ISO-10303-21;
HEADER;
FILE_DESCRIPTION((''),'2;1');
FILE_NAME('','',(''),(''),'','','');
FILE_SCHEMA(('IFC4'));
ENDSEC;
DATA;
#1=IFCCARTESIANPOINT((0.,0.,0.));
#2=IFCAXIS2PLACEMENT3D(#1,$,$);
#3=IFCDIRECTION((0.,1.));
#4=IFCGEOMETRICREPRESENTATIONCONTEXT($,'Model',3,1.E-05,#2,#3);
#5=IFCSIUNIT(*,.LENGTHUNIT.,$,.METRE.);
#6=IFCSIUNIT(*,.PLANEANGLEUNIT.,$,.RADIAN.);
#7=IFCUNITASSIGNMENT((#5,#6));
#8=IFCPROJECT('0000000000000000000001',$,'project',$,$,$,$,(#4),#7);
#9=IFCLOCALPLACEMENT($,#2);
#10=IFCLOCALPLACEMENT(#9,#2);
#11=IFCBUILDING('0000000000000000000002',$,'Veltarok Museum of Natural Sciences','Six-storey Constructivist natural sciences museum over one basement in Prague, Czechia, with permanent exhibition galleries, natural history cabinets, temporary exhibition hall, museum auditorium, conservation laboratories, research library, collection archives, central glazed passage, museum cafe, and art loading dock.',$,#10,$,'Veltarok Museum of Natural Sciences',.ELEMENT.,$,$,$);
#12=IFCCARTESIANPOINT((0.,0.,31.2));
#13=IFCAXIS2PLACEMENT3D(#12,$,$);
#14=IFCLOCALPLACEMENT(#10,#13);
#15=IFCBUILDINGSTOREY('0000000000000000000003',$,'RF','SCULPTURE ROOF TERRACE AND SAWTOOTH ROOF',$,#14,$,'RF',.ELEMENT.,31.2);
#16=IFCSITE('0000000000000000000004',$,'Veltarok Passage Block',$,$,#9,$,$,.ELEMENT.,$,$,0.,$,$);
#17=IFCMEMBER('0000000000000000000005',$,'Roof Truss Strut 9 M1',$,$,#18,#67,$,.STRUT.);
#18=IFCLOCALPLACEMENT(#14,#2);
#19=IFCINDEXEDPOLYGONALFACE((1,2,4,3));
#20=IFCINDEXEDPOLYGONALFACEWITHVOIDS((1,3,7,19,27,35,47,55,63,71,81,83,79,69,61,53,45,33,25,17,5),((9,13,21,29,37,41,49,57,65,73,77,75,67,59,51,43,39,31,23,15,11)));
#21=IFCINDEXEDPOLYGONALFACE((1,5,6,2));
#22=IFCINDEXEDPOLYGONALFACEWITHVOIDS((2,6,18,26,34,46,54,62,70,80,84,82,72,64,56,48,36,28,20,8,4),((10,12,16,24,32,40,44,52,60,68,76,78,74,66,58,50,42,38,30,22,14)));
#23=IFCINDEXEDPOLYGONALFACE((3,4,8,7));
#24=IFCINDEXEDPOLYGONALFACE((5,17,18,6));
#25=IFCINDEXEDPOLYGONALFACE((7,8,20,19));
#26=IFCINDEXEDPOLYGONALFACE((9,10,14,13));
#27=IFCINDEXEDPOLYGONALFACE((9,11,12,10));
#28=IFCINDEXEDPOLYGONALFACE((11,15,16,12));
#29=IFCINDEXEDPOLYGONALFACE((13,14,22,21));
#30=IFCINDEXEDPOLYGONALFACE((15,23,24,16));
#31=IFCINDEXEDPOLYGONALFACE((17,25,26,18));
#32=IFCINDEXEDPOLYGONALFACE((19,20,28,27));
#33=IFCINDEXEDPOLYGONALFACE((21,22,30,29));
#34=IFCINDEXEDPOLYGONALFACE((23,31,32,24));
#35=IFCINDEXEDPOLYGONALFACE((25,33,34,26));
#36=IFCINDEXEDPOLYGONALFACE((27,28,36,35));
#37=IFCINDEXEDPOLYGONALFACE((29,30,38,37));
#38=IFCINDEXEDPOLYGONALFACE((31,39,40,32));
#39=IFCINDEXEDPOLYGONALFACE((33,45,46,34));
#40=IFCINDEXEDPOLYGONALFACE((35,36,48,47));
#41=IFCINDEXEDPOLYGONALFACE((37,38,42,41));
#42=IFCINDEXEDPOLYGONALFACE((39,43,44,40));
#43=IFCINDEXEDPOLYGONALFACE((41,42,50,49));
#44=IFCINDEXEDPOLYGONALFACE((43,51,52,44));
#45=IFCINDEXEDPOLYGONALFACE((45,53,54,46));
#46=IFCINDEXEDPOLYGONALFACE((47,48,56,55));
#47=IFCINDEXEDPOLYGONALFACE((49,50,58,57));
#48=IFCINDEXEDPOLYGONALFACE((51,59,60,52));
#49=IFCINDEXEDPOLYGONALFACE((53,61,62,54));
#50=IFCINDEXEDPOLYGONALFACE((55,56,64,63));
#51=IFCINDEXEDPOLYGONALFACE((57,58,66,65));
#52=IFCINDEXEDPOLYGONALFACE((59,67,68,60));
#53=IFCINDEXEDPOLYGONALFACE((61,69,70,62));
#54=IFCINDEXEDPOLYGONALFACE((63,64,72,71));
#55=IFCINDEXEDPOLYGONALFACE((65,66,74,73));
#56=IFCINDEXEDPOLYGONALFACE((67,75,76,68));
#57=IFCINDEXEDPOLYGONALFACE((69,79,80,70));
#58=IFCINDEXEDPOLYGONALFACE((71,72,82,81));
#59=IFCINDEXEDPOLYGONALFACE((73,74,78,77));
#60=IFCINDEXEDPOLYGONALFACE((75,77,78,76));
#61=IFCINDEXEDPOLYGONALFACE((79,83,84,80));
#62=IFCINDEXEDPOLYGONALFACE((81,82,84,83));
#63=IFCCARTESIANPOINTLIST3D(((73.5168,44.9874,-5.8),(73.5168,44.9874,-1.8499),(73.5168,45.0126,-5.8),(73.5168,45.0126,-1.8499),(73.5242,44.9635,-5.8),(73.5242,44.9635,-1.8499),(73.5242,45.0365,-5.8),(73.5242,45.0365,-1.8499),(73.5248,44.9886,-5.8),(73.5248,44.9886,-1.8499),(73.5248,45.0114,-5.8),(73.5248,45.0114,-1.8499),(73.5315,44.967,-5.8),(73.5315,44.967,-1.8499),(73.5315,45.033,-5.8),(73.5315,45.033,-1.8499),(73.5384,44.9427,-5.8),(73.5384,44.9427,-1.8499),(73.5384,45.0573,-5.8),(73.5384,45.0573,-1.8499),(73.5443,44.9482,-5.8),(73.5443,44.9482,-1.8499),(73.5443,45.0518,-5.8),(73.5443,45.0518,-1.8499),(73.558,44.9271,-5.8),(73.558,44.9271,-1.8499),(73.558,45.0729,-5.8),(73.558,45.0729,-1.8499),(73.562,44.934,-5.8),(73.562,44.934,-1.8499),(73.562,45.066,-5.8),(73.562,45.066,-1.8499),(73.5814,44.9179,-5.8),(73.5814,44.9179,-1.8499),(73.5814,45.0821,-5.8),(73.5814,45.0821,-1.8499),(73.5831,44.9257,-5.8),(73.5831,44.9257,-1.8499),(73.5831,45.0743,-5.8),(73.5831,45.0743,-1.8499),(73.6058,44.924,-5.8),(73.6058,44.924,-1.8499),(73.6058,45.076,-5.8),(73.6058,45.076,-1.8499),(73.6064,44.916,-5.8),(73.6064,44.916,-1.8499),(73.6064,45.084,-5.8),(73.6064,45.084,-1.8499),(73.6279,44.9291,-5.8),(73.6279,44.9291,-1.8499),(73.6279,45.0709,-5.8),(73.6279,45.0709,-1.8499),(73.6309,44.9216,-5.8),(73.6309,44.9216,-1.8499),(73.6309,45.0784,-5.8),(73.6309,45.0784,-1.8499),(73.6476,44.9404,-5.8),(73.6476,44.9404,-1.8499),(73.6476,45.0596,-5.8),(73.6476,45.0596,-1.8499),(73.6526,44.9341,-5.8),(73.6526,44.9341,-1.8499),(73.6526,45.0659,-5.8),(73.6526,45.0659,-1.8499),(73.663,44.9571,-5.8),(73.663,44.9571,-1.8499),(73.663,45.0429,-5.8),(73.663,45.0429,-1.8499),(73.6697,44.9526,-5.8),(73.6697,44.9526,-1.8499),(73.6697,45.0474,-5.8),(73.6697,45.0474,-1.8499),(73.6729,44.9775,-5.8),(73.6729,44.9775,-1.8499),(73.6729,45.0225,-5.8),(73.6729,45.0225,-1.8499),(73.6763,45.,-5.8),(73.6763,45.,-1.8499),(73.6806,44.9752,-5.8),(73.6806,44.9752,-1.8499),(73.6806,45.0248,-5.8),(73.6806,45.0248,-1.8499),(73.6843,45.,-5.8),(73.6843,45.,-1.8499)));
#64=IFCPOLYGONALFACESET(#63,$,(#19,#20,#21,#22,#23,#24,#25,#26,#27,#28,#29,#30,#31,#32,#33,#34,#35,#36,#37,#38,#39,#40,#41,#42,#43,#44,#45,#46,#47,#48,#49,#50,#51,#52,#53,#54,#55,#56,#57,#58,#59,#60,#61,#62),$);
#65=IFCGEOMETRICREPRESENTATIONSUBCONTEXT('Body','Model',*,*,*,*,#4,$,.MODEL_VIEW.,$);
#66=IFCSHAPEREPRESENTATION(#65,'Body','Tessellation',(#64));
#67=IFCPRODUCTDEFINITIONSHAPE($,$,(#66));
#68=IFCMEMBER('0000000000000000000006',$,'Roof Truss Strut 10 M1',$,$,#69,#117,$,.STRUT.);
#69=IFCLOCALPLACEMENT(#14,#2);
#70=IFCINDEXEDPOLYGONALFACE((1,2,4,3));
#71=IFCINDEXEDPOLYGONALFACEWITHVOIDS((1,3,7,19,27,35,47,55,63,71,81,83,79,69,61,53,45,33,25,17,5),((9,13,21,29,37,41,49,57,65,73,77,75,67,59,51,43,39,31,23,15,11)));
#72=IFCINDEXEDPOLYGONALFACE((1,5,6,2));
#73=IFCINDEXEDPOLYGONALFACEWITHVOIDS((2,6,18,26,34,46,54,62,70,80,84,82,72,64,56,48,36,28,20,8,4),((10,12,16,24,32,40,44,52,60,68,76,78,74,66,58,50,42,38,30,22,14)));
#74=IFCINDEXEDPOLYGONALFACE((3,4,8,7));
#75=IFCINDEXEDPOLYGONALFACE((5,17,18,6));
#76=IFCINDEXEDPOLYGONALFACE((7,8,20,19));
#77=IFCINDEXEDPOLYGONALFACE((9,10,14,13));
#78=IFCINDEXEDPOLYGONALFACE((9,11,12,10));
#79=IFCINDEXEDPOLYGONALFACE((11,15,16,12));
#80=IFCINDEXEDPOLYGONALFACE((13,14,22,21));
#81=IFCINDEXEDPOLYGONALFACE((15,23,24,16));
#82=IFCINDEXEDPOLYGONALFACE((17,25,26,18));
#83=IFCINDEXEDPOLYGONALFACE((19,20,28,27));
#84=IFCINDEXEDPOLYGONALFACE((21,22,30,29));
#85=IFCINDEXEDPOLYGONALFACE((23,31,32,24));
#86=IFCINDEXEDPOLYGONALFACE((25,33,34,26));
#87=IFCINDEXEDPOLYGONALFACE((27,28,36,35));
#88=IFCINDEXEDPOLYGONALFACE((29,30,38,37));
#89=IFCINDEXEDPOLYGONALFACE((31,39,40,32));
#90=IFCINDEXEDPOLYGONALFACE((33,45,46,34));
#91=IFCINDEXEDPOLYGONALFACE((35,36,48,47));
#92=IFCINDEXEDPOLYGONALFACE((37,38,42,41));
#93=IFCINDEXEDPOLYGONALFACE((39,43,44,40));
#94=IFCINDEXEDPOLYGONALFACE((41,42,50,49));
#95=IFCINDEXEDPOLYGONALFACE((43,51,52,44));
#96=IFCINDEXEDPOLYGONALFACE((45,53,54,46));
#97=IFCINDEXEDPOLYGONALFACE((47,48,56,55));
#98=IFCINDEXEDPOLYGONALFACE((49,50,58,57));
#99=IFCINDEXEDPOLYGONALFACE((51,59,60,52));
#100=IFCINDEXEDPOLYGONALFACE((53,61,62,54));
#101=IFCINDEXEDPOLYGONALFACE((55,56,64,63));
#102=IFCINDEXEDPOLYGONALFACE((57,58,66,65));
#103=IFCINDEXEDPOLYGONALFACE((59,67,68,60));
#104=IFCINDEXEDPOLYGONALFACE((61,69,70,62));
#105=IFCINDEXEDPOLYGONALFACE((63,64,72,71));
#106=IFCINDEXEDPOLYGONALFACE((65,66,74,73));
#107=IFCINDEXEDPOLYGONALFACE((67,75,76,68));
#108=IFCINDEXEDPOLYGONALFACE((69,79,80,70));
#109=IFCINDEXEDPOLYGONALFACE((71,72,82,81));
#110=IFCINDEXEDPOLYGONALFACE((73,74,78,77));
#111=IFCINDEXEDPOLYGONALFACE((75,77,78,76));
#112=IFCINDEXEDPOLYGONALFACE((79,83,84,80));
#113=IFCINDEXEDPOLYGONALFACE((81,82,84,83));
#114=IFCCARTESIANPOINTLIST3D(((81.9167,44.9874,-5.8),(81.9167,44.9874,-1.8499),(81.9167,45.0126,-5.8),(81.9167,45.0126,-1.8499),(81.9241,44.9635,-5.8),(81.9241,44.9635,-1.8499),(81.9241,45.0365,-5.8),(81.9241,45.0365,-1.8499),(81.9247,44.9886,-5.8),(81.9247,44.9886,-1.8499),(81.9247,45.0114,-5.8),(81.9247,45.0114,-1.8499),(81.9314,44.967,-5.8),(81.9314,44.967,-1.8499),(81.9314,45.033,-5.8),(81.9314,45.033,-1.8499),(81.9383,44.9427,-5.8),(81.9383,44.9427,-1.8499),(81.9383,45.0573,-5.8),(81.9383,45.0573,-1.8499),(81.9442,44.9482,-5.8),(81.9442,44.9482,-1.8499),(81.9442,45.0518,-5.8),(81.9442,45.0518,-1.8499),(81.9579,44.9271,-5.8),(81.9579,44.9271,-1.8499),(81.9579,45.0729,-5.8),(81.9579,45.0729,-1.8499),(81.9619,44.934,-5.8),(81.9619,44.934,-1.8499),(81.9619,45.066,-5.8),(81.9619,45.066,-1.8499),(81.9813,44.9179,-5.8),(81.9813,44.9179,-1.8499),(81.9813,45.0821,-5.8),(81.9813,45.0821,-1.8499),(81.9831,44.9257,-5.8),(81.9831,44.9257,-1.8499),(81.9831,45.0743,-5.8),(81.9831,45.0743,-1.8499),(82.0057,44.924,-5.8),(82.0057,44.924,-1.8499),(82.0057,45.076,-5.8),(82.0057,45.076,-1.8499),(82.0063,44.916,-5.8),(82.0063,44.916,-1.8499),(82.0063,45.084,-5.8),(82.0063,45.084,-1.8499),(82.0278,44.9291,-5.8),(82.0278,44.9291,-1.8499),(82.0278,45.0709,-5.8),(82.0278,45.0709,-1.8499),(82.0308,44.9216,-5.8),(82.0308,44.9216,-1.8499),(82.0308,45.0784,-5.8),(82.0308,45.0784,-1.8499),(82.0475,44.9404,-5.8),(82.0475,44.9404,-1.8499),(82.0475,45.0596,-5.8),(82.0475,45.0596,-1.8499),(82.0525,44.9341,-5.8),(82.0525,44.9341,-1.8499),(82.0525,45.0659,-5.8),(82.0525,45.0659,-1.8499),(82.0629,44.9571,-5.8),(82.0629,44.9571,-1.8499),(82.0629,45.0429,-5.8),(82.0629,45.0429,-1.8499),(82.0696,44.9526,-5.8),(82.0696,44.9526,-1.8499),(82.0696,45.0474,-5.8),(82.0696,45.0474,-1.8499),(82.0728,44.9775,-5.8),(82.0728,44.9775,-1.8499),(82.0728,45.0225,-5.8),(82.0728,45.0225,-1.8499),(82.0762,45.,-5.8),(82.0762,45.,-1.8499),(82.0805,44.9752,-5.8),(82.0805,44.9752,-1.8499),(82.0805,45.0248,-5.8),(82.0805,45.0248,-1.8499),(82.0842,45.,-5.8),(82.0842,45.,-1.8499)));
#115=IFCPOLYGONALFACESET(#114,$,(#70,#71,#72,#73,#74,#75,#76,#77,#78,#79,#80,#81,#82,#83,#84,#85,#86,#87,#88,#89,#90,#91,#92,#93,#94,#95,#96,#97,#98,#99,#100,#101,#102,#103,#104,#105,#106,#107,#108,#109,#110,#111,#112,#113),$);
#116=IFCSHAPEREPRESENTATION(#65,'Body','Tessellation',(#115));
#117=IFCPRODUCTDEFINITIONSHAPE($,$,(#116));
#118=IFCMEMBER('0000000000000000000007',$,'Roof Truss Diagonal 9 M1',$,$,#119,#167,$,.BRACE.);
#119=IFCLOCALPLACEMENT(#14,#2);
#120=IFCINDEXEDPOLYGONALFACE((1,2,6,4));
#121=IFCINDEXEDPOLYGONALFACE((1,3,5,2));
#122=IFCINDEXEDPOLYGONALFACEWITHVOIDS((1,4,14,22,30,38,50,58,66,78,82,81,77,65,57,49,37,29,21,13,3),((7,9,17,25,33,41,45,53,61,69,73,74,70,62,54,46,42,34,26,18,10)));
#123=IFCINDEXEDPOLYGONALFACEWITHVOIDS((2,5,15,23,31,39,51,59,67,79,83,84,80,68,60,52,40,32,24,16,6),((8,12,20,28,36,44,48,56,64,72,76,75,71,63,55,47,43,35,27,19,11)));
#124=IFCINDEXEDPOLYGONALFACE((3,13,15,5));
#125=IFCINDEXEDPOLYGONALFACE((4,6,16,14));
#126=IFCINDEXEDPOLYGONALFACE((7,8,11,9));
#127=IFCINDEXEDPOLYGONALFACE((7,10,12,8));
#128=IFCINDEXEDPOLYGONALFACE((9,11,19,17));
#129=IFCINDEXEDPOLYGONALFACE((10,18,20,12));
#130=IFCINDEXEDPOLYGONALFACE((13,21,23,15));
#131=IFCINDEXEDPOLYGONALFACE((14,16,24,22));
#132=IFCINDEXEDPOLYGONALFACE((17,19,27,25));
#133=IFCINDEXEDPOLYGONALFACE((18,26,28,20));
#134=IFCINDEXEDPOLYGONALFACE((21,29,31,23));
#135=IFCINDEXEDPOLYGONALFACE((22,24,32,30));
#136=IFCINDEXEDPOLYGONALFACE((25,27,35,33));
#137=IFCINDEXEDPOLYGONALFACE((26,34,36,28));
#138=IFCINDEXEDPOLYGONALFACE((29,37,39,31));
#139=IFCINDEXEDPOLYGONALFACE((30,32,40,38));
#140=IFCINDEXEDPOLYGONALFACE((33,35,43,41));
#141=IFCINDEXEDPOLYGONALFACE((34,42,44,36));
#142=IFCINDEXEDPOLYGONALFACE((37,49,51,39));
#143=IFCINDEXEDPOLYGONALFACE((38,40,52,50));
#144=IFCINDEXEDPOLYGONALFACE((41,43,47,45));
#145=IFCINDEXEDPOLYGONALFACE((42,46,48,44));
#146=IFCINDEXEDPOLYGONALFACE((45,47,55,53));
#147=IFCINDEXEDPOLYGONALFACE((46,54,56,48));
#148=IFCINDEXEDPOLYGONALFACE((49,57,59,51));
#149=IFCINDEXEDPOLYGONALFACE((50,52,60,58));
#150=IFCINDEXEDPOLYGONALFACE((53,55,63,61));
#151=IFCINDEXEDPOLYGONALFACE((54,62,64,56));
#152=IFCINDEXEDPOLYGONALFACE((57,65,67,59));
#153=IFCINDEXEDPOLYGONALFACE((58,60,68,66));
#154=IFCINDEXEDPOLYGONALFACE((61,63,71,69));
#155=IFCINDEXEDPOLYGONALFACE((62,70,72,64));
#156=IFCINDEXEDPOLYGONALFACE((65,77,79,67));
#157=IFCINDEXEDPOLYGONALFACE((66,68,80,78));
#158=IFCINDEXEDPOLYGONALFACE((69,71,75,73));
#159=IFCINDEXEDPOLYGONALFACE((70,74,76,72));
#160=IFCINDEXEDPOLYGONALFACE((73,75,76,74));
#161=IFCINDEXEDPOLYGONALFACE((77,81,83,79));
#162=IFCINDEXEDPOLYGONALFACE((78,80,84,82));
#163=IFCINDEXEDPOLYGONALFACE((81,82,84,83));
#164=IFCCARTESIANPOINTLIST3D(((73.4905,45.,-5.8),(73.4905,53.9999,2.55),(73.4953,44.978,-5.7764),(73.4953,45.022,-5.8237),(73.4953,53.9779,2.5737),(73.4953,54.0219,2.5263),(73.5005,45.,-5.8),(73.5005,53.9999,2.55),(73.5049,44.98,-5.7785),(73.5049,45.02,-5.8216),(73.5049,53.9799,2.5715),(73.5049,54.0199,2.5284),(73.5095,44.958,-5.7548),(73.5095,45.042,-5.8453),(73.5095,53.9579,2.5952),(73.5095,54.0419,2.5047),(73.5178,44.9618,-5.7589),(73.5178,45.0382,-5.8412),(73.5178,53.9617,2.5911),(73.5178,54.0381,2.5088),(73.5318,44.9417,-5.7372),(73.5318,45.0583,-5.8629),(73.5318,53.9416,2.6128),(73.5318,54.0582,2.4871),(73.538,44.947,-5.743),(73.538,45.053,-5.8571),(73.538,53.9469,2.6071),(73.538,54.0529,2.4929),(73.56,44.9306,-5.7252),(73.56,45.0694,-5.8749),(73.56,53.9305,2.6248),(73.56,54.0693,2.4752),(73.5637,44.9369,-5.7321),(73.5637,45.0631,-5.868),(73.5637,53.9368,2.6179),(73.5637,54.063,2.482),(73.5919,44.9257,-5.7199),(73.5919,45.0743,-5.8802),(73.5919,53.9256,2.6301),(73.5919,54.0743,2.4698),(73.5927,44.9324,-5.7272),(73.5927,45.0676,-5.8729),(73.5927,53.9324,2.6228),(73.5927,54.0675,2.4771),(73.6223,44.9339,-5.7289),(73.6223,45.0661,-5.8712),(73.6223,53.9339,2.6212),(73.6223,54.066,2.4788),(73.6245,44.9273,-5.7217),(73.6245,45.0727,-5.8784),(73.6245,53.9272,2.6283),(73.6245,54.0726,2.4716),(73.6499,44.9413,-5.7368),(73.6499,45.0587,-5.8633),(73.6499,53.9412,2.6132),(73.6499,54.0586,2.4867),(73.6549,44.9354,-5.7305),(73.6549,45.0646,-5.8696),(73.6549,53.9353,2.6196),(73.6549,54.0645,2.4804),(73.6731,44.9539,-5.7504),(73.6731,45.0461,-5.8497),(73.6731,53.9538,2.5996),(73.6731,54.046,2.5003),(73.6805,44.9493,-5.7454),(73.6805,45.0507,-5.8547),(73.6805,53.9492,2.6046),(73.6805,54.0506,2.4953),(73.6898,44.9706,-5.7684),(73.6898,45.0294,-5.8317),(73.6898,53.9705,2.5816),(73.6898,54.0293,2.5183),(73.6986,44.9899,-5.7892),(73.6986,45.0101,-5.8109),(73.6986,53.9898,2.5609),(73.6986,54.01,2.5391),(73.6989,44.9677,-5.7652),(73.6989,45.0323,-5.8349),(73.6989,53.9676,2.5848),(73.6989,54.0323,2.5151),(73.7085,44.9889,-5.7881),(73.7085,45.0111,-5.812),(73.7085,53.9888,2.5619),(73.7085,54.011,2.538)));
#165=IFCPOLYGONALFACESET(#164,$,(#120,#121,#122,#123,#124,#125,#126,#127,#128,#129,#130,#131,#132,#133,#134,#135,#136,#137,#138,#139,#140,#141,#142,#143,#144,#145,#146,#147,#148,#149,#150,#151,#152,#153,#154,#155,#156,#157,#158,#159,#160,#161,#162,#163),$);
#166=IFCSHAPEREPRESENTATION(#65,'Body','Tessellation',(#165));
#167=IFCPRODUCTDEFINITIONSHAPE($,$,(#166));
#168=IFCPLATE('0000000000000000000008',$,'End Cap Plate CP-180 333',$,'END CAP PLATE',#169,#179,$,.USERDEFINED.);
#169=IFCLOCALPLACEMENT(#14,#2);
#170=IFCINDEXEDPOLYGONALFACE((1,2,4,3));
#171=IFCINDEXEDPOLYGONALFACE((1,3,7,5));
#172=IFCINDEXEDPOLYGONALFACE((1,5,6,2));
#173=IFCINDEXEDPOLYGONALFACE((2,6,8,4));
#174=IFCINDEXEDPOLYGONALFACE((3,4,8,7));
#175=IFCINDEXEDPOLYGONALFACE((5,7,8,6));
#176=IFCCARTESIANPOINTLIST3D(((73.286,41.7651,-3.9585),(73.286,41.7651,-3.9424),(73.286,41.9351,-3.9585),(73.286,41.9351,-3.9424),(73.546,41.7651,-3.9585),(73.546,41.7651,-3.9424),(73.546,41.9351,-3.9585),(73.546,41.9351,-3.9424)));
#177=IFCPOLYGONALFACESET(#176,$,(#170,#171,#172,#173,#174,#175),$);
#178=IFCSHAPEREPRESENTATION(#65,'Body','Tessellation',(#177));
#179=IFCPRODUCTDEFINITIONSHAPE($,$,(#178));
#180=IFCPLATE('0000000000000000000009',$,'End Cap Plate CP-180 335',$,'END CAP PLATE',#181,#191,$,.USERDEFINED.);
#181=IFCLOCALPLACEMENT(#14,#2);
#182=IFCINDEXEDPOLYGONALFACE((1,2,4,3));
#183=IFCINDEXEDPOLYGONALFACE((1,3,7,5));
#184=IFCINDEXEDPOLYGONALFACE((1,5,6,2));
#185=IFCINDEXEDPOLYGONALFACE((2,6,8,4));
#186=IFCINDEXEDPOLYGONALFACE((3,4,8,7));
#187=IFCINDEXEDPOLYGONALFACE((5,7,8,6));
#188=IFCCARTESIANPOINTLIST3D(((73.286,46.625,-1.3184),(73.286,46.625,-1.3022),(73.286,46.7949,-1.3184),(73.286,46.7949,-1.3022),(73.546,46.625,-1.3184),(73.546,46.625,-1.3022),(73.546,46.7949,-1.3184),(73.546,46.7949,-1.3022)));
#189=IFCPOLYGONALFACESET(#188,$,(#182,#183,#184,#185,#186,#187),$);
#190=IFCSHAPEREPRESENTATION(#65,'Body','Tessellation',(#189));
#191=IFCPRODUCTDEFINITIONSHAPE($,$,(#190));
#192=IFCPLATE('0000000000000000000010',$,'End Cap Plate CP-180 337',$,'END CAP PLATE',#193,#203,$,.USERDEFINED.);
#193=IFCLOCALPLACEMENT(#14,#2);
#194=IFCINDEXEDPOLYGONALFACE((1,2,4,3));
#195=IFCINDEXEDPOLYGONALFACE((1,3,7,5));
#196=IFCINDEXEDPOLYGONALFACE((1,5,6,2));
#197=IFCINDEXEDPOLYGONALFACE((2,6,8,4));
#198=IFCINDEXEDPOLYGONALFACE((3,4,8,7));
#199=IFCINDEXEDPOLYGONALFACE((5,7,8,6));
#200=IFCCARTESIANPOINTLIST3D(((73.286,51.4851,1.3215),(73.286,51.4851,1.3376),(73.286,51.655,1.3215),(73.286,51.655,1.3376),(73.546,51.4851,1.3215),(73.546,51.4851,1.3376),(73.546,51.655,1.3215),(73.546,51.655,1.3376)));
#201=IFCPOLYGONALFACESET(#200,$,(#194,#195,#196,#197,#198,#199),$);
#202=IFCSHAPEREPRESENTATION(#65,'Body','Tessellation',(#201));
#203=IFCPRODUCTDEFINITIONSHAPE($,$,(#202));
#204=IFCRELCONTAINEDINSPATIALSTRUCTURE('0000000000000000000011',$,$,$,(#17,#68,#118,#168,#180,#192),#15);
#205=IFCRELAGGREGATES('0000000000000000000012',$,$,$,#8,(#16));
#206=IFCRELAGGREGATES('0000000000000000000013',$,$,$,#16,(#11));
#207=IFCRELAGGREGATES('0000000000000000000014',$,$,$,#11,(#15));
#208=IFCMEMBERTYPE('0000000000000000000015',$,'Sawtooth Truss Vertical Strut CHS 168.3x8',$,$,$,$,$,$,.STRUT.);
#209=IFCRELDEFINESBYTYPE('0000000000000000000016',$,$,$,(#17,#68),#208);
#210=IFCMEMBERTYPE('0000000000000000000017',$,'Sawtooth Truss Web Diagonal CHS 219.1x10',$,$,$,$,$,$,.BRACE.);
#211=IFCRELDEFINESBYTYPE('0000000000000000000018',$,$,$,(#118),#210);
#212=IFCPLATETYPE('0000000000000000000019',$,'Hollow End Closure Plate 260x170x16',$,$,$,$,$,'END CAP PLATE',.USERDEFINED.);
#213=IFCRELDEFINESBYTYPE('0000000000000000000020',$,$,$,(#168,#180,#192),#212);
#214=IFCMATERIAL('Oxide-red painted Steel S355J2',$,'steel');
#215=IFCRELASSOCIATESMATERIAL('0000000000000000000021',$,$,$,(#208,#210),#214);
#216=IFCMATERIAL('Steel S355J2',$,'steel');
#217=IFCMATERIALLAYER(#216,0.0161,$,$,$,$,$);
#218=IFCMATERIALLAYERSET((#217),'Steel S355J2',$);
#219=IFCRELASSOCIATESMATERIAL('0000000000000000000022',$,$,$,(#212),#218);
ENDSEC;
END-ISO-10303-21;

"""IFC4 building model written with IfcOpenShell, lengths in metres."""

from ifc_helpers import new_model, si_unit, direction, frame, origin, origin_2d, place, context, subcontext, project, spatial, rectangle, hollow_circle, extrude, material, layer, layer_set, material_profile, profile_set, type_object, element, save


model = new_model("IFC4")

# Units and contexts
model_context = context("Model", 3, precision=1e-05, world=origin(), true_north=direction((0.0, 1.0)))
body_context = subcontext(model_context, "Body", "Model", "MODEL_VIEW")
ifc_project = project(units=[si_unit("LENGTHUNIT", "METRE"), si_unit("PLANEANGLEUNIT", "RADIAN")], contexts=[model_context])

# Site, building, storey
site_placement = place(None, origin())
site = spatial("IfcSite", under=ifc_project, at=site_placement, Name="Veltarok Passage Block", CompositionType="ELEMENT", RefElevation=0.0)
building_placement = place(site_placement, origin())
building = spatial("IfcBuilding", under=site, at=building_placement, Name="Veltarok Museum of Natural Sciences", Description="Six-storey Constructivist natural sciences museum over one basement in Prague, Czechia, with permanent exhibition galleries, natural history cabinets, temporary exhibition hall, museum auditorium, conservation laboratories, research library, collection archives, central glazed passage, museum cafe, and art loading dock.", LongName="Veltarok Museum of Natural Sciences", CompositionType="ELEMENT")
storey_placement = place(building_placement, frame((0.0, 0.0, 31.2)))
storey = spatial("IfcBuildingStorey", under=building, at=storey_placement, Name="RF", Description="SCULPTURE ROOF TERRACE AND SAWTOOTH ROOF", LongName="RF", CompositionType="ELEMENT", Elevation=31.2)

# Shared definitions
ifc_material_1 = material(Name="Steel S355J2", Category="steel")

# Members
ifc_material_2 = material(Name="Oxide-red painted Steel S355J2", Category="steel")
ifc_material_profile_1 = material_profile(ifc_material_2, hollow_circle(Radius=0.0842, WallThickness=0.0081, at=origin_2d()), Name="CHS 168.3x8")
ifc_profile_set_1 = profile_set([ifc_material_profile_1], Name="Oxide-red painted Steel S355J2")
member_type_1 = type_object("IfcMemberType", Name="Sawtooth Truss Vertical Strut CHS 168.3x8", PredefinedType="STRUT", material=ifc_profile_set_1)
for number, where, z_axis, x_axis, name in (
    (1, (73.6001, 45.0, -5.8), (0.0, 0.0, 1.0), (1.0, 0.0, 0.0), "Roof Truss Strut 9 M1"),
    (2, (82.0, 45.0, -5.8), (0.0, 0.0, 1.0), (1.0, 0.0, 0.0), "Roof Truss Strut 10 M1"),
):
    element("IfcMember", number, at=place(storey_placement, frame(where, z_axis=z_axis, x_axis=x_axis)), inside=storey, type_object=member_type_1, Name=name, PredefinedType="STRUT", context=body_context, shape_type="SweptSolid", body=[
        extrude(hollow_circle(Radius=0.0842, WallThickness=0.0081, at=origin_2d()), origin(), (0.0, 0.0, 1.0), 3.9502),
    ])
ifc_material_profile_2 = material_profile(ifc_material_2, hollow_circle(Radius=0.1096, WallThickness=0.01, at=origin_2d()), Name="CHS 219.1x10")
ifc_profile_set_2 = profile_set([ifc_material_profile_2], Name="Oxide-red painted Steel S355J2")
member_type_2 = type_object("IfcMemberType", Name="Sawtooth Truss Web Diagonal CHS 219.1x10", PredefinedType="BRACE", material=ifc_profile_set_2)
member_1_placement = place(storey_placement, frame((73.6001, 45.0, -5.8), z_axis=(0.0, 0.73308, 0.680143), x_axis=(-1.0, 0.0, 0.0)))
element("IfcMember", 3, at=member_1_placement, inside=storey, type_object=member_type_2, Name="Roof Truss Diagonal 9 M1", PredefinedType="BRACE", context=body_context, shape_type="SweptSolid", body=[
    extrude(hollow_circle(Radius=0.1096, WallThickness=0.01, at=origin_2d()), origin(), (0.0, 0.0, 1.0), 12.2769),
])

# Plates
ifc_layer_1 = layer(ifc_material_1, 0.0161)
ifc_layer_set_1 = layer_set([ifc_layer_1], Name="Steel S355J2")
plate_type_1 = type_object("IfcPlateType", Name="Hollow End Closure Plate 260x170x16", ElementType="END CAP PLATE", PredefinedType="USERDEFINED", material=ifc_layer_set_1)
for number, where, z_axis, x_axis, name in (
    (4, (73.416, 41.8501, -3.9585), (0.0, 0.0, 1.0), (1.0, 0.0, 0.0), "End Cap Plate CP-180 333"),
    (5, (73.416, 46.71, -1.3184), (0.0, 0.0, 1.0), (1.0, 0.0, 0.0), "End Cap Plate CP-180 335"),
    (6, (73.416, 51.5701, 1.3215), (0.0, 0.0, 1.0), (1.0, 0.0, 0.0), "End Cap Plate CP-180 337"),
):
    element("IfcPlate", number, at=place(storey_placement, frame(where, z_axis=z_axis, x_axis=x_axis)), inside=storey, type_object=plate_type_1, Name=name, ObjectType="END CAP PLATE", PredefinedType="USERDEFINED", context=body_context, shape_type="SweptSolid", body=[
        extrude(rectangle(XDim=0.26, YDim=0.1699, at=origin_2d()), origin(), (0.0, 0.0, 1.0), 0.0161),
    ])

save(model, "model.ifc")
